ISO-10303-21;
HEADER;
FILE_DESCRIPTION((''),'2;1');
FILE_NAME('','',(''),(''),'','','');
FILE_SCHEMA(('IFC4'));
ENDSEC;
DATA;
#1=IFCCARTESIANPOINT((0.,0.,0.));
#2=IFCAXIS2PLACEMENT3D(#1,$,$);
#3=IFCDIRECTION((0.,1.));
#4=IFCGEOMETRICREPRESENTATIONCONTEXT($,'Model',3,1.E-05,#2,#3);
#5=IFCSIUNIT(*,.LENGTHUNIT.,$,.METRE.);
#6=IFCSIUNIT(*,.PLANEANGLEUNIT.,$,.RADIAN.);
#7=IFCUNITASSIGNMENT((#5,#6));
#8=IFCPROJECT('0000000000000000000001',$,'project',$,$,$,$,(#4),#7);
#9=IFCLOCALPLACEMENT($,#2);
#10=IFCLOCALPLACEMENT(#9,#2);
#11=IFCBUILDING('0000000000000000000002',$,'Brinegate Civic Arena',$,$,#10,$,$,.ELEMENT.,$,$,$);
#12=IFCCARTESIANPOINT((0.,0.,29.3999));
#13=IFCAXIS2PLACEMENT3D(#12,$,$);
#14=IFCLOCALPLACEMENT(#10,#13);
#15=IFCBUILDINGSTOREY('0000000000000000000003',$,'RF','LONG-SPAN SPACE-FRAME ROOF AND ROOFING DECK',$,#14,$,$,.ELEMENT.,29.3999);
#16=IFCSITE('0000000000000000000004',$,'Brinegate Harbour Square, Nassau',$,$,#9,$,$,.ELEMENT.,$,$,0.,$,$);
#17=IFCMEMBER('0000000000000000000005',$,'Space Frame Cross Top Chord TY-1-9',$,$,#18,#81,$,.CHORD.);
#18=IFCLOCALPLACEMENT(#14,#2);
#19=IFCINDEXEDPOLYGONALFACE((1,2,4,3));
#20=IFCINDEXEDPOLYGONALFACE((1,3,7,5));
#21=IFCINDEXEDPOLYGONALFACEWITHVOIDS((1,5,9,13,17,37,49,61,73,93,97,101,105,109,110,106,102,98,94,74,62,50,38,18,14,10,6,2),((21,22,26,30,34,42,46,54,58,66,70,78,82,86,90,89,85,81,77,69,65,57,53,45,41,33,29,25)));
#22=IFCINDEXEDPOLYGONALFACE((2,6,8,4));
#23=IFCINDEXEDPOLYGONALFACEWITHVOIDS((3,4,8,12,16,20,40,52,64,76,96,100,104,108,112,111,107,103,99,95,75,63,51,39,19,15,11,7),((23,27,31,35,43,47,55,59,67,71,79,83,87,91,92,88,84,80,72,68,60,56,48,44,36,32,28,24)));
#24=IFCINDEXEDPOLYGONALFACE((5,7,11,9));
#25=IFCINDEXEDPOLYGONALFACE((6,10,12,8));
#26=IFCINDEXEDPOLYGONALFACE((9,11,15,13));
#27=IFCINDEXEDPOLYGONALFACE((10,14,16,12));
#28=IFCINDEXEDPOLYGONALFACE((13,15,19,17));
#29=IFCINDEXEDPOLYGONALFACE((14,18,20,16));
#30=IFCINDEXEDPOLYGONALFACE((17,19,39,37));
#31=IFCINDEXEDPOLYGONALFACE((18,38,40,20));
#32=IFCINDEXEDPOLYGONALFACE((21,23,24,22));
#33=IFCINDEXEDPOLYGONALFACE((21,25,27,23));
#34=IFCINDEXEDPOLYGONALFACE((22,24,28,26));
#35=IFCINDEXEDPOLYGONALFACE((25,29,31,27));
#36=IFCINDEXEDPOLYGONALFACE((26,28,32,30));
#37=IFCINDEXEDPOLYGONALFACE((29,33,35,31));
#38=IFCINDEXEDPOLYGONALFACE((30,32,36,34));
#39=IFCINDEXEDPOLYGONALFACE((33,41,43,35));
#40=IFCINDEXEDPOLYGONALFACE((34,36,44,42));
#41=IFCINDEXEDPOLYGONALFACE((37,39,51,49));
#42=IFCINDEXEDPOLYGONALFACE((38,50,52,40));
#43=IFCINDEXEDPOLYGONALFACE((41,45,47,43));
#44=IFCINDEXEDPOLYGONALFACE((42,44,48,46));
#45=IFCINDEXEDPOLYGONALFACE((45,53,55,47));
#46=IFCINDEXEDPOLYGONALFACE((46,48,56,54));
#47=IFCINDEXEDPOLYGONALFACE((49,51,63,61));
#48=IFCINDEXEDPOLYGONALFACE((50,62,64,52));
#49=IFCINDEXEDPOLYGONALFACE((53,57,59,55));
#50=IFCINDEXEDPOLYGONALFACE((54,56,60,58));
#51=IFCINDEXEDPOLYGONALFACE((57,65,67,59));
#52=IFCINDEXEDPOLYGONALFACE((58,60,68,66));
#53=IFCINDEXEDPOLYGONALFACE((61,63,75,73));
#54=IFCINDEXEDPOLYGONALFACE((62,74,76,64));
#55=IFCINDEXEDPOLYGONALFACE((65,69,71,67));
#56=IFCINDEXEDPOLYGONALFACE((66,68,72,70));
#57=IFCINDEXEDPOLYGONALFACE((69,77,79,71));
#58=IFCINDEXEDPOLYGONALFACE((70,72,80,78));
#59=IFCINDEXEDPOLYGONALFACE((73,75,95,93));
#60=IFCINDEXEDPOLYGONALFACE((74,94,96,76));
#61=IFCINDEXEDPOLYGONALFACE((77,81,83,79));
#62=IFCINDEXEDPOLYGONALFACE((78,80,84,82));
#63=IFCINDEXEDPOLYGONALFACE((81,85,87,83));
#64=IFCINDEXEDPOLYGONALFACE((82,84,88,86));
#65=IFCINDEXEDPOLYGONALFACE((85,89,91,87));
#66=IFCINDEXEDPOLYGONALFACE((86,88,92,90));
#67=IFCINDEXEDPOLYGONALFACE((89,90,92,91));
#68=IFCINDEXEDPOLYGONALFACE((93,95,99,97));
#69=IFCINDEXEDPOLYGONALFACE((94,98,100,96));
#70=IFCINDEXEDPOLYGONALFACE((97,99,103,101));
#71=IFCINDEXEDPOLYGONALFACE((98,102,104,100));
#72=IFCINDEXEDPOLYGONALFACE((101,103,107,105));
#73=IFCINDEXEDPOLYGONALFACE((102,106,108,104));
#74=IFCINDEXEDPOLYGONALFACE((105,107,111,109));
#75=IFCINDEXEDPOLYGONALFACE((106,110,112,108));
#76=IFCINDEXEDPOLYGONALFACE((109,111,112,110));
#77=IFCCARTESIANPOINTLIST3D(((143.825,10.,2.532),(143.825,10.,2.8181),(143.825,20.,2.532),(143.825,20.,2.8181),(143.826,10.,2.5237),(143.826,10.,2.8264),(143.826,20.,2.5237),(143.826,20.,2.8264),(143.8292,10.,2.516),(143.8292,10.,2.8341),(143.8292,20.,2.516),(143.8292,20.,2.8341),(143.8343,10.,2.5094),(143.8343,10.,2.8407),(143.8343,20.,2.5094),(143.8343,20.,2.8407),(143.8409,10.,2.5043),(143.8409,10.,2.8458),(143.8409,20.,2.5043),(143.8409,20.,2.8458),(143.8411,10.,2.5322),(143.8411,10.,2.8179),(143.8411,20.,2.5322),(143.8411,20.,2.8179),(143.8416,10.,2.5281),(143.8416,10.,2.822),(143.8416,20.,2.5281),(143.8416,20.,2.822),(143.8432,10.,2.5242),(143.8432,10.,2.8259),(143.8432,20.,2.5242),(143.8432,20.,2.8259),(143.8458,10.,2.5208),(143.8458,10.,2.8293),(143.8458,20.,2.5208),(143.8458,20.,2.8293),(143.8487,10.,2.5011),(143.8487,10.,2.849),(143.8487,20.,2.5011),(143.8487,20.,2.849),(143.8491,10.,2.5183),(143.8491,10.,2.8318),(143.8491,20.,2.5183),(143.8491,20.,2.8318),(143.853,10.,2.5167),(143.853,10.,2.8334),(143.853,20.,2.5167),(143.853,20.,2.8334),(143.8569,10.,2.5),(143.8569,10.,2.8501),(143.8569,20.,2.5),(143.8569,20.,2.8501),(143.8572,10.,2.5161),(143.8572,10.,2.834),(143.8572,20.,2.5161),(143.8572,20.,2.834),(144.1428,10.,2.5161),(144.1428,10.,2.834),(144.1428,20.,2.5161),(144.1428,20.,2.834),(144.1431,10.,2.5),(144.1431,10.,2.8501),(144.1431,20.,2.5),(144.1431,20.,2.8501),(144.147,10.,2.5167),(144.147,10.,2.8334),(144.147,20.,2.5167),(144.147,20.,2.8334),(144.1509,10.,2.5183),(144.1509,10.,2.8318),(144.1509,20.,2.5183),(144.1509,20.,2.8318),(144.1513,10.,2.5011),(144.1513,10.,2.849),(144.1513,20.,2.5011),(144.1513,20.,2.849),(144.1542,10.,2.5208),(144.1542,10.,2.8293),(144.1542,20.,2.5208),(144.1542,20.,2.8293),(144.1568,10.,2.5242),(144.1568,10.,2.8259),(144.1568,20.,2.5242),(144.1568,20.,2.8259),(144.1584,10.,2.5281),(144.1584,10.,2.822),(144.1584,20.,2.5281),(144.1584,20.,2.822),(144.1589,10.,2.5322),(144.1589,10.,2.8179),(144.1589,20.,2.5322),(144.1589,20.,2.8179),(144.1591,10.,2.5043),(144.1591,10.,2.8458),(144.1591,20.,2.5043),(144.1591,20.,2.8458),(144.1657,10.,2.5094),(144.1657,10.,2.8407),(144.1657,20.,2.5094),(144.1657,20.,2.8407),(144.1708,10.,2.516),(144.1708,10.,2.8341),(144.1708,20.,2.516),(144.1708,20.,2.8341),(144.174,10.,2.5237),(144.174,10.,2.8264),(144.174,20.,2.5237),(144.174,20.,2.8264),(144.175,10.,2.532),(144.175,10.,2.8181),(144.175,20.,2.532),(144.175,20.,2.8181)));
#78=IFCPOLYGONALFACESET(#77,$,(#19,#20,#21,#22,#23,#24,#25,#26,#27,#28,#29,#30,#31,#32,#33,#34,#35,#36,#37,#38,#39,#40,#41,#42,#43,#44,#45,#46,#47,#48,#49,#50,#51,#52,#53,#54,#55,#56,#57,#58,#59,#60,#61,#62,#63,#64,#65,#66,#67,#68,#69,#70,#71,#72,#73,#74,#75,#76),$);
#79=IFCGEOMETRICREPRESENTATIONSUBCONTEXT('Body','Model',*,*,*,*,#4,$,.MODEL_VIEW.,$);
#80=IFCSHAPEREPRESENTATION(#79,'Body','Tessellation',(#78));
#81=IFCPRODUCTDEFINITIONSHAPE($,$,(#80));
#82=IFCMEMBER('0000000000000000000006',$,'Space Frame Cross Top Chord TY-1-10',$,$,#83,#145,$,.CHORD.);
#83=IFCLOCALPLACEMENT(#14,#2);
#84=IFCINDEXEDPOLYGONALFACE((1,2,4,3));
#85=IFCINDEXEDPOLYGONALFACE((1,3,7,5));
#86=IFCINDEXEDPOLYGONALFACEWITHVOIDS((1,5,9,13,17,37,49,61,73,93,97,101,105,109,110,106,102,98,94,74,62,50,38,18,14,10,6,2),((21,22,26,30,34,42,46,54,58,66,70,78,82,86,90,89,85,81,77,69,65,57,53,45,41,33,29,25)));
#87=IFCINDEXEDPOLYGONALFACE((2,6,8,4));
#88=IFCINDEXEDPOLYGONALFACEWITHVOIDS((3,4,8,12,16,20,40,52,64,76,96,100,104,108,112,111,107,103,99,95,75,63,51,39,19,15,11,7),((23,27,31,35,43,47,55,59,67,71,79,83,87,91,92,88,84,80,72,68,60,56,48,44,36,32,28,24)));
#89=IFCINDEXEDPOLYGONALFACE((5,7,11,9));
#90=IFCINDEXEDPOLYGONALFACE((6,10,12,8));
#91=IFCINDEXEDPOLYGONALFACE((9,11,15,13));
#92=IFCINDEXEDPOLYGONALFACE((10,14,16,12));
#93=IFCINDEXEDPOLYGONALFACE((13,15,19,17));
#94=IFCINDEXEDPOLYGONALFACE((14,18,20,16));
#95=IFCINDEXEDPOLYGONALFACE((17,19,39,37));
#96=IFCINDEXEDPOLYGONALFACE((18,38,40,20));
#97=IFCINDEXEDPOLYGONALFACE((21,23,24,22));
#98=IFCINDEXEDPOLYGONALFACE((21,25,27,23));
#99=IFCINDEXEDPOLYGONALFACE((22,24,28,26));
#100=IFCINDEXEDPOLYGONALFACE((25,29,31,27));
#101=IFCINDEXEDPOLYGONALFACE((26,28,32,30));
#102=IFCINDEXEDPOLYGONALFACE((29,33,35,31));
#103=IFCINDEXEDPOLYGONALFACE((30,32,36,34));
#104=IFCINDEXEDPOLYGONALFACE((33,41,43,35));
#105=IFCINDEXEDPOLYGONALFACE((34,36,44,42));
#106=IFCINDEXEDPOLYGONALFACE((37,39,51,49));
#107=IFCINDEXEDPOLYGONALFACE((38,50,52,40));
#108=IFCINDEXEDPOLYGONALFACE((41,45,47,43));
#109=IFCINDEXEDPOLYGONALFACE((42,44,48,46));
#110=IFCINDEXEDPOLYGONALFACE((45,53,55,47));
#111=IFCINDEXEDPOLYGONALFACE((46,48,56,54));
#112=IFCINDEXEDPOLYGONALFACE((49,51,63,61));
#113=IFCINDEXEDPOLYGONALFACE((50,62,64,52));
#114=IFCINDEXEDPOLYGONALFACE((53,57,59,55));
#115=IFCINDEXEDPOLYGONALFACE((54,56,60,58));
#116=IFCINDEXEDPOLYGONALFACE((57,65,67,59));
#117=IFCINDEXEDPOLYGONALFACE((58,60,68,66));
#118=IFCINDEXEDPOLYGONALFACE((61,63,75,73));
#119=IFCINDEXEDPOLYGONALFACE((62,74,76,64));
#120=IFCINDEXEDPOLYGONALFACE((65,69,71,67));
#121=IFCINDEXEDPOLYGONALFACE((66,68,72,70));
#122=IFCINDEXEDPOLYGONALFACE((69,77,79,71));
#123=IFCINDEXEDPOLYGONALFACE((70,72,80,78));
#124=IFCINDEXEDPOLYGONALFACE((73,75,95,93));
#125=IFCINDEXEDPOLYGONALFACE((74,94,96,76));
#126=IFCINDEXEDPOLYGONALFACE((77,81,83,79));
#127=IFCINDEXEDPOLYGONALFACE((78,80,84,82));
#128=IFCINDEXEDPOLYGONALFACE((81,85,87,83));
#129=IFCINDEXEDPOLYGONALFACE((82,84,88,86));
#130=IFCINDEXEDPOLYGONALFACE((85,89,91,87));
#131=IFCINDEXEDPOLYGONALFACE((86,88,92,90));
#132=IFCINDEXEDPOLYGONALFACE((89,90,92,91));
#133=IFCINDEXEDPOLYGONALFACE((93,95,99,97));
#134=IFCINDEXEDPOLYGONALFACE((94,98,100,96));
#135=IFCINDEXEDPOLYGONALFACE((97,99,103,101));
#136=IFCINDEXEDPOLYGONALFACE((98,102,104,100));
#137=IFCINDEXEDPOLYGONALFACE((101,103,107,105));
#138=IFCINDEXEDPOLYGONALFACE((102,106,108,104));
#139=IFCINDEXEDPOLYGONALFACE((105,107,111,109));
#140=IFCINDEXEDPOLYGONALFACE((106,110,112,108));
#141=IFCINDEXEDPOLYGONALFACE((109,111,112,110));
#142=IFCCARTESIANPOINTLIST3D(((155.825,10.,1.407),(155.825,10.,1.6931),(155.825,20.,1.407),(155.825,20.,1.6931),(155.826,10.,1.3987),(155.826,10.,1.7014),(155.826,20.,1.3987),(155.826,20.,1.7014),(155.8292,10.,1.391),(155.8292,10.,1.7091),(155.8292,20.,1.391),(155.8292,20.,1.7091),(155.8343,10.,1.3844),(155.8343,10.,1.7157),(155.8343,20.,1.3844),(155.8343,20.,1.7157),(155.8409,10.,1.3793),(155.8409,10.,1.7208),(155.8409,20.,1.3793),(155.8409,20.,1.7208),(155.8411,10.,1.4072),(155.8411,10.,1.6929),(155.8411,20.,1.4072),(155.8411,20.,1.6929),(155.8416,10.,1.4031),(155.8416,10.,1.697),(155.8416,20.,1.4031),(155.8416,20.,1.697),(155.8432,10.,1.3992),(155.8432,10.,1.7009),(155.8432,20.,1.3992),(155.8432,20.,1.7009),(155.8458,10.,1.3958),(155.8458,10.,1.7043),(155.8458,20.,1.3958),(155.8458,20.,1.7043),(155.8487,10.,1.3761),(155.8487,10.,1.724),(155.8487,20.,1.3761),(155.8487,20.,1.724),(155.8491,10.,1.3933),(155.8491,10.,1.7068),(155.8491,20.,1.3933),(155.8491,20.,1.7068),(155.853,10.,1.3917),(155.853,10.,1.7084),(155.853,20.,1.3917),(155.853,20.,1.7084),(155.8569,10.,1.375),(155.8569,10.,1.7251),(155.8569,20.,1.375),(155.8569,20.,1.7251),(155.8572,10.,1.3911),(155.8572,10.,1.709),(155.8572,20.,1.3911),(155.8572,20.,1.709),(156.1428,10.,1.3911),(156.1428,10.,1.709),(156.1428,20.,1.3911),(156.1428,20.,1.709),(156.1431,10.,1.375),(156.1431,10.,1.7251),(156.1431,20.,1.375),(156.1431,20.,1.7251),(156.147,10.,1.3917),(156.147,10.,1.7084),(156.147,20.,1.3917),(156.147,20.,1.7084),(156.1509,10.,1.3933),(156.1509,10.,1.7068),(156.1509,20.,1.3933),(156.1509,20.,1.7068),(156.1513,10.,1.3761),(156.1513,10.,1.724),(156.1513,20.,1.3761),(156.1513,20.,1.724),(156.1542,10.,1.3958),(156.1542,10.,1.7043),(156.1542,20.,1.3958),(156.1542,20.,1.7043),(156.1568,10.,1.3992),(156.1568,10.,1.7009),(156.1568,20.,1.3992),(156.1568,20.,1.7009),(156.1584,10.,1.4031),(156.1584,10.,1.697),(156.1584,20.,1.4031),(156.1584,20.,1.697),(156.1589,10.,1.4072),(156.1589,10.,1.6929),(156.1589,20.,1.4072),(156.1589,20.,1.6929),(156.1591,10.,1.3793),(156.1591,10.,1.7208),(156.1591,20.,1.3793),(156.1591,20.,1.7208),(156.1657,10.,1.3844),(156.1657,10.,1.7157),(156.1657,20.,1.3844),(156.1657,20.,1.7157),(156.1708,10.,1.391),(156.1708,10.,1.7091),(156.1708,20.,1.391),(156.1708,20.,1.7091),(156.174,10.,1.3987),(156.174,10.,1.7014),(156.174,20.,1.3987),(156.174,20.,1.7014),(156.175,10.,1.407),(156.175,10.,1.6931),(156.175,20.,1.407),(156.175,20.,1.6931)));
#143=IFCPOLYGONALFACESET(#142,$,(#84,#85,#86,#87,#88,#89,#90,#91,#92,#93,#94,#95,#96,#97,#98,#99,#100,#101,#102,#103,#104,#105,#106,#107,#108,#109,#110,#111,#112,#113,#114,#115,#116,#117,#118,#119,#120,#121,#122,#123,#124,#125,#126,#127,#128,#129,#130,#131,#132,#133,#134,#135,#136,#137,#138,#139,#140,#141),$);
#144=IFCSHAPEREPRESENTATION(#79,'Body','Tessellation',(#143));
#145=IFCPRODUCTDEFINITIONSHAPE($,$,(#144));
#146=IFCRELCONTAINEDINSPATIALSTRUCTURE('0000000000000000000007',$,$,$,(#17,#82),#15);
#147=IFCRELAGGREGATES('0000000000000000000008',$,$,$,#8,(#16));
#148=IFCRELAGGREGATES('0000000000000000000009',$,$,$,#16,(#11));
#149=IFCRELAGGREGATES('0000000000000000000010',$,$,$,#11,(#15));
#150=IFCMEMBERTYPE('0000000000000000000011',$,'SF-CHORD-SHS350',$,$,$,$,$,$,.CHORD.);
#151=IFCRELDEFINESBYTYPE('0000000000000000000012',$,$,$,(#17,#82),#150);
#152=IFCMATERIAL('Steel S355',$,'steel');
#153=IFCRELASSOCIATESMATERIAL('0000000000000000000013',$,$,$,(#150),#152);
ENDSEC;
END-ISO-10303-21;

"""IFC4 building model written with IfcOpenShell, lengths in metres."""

from ifc_helpers import new_model, si_unit, direction, frame, origin, origin_2d, place, context, subcontext, project, spatial, hollow_rectangle, extrude, material, material_profile, profile_set, type_object, element, save


model = new_model("IFC4")

# Units and contexts
model_context = context("Model", 3, precision=1e-05, world=origin(), true_north=direction((0.0, 1.0)))
body_context = subcontext(model_context, "Body", "Model", "MODEL_VIEW")
ifc_project = project(units=[si_unit("LENGTHUNIT", "METRE"), si_unit("PLANEANGLEUNIT", "RADIAN")], contexts=[model_context])

# Site, building, storey
site_placement = place(None, origin())
site = spatial("IfcSite", under=ifc_project, at=site_placement, Name="Brinegate Harbour Square, Nassau", CompositionType="ELEMENT", RefElevation=0.0)
building_placement = place(site_placement, origin())
building = spatial("IfcBuilding", under=site, at=building_placement, Name="Brinegate Civic Arena", CompositionType="ELEMENT")
storey_placement = place(building_placement, frame((0.0, 0.0, 29.3999)))
storey = spatial("IfcBuildingStorey", under=building, at=storey_placement, Name="RF", Description="LONG-SPAN SPACE-FRAME ROOF AND ROOFING DECK", CompositionType="ELEMENT", Elevation=29.3999)

# Shared definitions
ifc_material_1 = material(Name="Steel S355", Category="steel")

# Members
ifc_material_profile_1 = material_profile(ifc_material_1, hollow_rectangle(XDim=0.3501, YDim=0.3501, WallThickness=0.0161, InnerFilletRadius=0.0161, OuterFilletRadius=0.032, at=origin_2d()), Name="SHS350X16")
ifc_profile_set_1 = profile_set([ifc_material_profile_1], Name="Steel S355")
member_type_1 = type_object("IfcMemberType", Name="SF-CHORD-SHS350", PredefinedType="CHORD", material=ifc_profile_set_1)
for number, where, z_axis, x_axis, name in (
    (1, (144.0, 10.0, 2.675), (0.0, 1.0, 0.0), (-1.0, 0.0, 0.0), "Space Frame Cross Top Chord TY-1-9"),
    (2, (156.0, 10.0, 1.55), (0.0, 1.0, 0.0), (-1.0, 0.0, 0.0), "Space Frame Cross Top Chord TY-1-10"),
):
    element("IfcMember", number, at=place(storey_placement, frame(where, z_axis=z_axis, x_axis=x_axis)), inside=storey, type_object=member_type_1, Name=name, PredefinedType="CHORD", context=body_context, shape_type="SweptSolid", body=[
        extrude(hollow_rectangle(XDim=0.3501, YDim=0.3501, WallThickness=0.0161, InnerFilletRadius=0.0161, OuterFilletRadius=0.032, at=origin_2d()), origin(), (0.0, 0.0, 1.0), 10.0),
    ])

save(model, "model.ifc")
